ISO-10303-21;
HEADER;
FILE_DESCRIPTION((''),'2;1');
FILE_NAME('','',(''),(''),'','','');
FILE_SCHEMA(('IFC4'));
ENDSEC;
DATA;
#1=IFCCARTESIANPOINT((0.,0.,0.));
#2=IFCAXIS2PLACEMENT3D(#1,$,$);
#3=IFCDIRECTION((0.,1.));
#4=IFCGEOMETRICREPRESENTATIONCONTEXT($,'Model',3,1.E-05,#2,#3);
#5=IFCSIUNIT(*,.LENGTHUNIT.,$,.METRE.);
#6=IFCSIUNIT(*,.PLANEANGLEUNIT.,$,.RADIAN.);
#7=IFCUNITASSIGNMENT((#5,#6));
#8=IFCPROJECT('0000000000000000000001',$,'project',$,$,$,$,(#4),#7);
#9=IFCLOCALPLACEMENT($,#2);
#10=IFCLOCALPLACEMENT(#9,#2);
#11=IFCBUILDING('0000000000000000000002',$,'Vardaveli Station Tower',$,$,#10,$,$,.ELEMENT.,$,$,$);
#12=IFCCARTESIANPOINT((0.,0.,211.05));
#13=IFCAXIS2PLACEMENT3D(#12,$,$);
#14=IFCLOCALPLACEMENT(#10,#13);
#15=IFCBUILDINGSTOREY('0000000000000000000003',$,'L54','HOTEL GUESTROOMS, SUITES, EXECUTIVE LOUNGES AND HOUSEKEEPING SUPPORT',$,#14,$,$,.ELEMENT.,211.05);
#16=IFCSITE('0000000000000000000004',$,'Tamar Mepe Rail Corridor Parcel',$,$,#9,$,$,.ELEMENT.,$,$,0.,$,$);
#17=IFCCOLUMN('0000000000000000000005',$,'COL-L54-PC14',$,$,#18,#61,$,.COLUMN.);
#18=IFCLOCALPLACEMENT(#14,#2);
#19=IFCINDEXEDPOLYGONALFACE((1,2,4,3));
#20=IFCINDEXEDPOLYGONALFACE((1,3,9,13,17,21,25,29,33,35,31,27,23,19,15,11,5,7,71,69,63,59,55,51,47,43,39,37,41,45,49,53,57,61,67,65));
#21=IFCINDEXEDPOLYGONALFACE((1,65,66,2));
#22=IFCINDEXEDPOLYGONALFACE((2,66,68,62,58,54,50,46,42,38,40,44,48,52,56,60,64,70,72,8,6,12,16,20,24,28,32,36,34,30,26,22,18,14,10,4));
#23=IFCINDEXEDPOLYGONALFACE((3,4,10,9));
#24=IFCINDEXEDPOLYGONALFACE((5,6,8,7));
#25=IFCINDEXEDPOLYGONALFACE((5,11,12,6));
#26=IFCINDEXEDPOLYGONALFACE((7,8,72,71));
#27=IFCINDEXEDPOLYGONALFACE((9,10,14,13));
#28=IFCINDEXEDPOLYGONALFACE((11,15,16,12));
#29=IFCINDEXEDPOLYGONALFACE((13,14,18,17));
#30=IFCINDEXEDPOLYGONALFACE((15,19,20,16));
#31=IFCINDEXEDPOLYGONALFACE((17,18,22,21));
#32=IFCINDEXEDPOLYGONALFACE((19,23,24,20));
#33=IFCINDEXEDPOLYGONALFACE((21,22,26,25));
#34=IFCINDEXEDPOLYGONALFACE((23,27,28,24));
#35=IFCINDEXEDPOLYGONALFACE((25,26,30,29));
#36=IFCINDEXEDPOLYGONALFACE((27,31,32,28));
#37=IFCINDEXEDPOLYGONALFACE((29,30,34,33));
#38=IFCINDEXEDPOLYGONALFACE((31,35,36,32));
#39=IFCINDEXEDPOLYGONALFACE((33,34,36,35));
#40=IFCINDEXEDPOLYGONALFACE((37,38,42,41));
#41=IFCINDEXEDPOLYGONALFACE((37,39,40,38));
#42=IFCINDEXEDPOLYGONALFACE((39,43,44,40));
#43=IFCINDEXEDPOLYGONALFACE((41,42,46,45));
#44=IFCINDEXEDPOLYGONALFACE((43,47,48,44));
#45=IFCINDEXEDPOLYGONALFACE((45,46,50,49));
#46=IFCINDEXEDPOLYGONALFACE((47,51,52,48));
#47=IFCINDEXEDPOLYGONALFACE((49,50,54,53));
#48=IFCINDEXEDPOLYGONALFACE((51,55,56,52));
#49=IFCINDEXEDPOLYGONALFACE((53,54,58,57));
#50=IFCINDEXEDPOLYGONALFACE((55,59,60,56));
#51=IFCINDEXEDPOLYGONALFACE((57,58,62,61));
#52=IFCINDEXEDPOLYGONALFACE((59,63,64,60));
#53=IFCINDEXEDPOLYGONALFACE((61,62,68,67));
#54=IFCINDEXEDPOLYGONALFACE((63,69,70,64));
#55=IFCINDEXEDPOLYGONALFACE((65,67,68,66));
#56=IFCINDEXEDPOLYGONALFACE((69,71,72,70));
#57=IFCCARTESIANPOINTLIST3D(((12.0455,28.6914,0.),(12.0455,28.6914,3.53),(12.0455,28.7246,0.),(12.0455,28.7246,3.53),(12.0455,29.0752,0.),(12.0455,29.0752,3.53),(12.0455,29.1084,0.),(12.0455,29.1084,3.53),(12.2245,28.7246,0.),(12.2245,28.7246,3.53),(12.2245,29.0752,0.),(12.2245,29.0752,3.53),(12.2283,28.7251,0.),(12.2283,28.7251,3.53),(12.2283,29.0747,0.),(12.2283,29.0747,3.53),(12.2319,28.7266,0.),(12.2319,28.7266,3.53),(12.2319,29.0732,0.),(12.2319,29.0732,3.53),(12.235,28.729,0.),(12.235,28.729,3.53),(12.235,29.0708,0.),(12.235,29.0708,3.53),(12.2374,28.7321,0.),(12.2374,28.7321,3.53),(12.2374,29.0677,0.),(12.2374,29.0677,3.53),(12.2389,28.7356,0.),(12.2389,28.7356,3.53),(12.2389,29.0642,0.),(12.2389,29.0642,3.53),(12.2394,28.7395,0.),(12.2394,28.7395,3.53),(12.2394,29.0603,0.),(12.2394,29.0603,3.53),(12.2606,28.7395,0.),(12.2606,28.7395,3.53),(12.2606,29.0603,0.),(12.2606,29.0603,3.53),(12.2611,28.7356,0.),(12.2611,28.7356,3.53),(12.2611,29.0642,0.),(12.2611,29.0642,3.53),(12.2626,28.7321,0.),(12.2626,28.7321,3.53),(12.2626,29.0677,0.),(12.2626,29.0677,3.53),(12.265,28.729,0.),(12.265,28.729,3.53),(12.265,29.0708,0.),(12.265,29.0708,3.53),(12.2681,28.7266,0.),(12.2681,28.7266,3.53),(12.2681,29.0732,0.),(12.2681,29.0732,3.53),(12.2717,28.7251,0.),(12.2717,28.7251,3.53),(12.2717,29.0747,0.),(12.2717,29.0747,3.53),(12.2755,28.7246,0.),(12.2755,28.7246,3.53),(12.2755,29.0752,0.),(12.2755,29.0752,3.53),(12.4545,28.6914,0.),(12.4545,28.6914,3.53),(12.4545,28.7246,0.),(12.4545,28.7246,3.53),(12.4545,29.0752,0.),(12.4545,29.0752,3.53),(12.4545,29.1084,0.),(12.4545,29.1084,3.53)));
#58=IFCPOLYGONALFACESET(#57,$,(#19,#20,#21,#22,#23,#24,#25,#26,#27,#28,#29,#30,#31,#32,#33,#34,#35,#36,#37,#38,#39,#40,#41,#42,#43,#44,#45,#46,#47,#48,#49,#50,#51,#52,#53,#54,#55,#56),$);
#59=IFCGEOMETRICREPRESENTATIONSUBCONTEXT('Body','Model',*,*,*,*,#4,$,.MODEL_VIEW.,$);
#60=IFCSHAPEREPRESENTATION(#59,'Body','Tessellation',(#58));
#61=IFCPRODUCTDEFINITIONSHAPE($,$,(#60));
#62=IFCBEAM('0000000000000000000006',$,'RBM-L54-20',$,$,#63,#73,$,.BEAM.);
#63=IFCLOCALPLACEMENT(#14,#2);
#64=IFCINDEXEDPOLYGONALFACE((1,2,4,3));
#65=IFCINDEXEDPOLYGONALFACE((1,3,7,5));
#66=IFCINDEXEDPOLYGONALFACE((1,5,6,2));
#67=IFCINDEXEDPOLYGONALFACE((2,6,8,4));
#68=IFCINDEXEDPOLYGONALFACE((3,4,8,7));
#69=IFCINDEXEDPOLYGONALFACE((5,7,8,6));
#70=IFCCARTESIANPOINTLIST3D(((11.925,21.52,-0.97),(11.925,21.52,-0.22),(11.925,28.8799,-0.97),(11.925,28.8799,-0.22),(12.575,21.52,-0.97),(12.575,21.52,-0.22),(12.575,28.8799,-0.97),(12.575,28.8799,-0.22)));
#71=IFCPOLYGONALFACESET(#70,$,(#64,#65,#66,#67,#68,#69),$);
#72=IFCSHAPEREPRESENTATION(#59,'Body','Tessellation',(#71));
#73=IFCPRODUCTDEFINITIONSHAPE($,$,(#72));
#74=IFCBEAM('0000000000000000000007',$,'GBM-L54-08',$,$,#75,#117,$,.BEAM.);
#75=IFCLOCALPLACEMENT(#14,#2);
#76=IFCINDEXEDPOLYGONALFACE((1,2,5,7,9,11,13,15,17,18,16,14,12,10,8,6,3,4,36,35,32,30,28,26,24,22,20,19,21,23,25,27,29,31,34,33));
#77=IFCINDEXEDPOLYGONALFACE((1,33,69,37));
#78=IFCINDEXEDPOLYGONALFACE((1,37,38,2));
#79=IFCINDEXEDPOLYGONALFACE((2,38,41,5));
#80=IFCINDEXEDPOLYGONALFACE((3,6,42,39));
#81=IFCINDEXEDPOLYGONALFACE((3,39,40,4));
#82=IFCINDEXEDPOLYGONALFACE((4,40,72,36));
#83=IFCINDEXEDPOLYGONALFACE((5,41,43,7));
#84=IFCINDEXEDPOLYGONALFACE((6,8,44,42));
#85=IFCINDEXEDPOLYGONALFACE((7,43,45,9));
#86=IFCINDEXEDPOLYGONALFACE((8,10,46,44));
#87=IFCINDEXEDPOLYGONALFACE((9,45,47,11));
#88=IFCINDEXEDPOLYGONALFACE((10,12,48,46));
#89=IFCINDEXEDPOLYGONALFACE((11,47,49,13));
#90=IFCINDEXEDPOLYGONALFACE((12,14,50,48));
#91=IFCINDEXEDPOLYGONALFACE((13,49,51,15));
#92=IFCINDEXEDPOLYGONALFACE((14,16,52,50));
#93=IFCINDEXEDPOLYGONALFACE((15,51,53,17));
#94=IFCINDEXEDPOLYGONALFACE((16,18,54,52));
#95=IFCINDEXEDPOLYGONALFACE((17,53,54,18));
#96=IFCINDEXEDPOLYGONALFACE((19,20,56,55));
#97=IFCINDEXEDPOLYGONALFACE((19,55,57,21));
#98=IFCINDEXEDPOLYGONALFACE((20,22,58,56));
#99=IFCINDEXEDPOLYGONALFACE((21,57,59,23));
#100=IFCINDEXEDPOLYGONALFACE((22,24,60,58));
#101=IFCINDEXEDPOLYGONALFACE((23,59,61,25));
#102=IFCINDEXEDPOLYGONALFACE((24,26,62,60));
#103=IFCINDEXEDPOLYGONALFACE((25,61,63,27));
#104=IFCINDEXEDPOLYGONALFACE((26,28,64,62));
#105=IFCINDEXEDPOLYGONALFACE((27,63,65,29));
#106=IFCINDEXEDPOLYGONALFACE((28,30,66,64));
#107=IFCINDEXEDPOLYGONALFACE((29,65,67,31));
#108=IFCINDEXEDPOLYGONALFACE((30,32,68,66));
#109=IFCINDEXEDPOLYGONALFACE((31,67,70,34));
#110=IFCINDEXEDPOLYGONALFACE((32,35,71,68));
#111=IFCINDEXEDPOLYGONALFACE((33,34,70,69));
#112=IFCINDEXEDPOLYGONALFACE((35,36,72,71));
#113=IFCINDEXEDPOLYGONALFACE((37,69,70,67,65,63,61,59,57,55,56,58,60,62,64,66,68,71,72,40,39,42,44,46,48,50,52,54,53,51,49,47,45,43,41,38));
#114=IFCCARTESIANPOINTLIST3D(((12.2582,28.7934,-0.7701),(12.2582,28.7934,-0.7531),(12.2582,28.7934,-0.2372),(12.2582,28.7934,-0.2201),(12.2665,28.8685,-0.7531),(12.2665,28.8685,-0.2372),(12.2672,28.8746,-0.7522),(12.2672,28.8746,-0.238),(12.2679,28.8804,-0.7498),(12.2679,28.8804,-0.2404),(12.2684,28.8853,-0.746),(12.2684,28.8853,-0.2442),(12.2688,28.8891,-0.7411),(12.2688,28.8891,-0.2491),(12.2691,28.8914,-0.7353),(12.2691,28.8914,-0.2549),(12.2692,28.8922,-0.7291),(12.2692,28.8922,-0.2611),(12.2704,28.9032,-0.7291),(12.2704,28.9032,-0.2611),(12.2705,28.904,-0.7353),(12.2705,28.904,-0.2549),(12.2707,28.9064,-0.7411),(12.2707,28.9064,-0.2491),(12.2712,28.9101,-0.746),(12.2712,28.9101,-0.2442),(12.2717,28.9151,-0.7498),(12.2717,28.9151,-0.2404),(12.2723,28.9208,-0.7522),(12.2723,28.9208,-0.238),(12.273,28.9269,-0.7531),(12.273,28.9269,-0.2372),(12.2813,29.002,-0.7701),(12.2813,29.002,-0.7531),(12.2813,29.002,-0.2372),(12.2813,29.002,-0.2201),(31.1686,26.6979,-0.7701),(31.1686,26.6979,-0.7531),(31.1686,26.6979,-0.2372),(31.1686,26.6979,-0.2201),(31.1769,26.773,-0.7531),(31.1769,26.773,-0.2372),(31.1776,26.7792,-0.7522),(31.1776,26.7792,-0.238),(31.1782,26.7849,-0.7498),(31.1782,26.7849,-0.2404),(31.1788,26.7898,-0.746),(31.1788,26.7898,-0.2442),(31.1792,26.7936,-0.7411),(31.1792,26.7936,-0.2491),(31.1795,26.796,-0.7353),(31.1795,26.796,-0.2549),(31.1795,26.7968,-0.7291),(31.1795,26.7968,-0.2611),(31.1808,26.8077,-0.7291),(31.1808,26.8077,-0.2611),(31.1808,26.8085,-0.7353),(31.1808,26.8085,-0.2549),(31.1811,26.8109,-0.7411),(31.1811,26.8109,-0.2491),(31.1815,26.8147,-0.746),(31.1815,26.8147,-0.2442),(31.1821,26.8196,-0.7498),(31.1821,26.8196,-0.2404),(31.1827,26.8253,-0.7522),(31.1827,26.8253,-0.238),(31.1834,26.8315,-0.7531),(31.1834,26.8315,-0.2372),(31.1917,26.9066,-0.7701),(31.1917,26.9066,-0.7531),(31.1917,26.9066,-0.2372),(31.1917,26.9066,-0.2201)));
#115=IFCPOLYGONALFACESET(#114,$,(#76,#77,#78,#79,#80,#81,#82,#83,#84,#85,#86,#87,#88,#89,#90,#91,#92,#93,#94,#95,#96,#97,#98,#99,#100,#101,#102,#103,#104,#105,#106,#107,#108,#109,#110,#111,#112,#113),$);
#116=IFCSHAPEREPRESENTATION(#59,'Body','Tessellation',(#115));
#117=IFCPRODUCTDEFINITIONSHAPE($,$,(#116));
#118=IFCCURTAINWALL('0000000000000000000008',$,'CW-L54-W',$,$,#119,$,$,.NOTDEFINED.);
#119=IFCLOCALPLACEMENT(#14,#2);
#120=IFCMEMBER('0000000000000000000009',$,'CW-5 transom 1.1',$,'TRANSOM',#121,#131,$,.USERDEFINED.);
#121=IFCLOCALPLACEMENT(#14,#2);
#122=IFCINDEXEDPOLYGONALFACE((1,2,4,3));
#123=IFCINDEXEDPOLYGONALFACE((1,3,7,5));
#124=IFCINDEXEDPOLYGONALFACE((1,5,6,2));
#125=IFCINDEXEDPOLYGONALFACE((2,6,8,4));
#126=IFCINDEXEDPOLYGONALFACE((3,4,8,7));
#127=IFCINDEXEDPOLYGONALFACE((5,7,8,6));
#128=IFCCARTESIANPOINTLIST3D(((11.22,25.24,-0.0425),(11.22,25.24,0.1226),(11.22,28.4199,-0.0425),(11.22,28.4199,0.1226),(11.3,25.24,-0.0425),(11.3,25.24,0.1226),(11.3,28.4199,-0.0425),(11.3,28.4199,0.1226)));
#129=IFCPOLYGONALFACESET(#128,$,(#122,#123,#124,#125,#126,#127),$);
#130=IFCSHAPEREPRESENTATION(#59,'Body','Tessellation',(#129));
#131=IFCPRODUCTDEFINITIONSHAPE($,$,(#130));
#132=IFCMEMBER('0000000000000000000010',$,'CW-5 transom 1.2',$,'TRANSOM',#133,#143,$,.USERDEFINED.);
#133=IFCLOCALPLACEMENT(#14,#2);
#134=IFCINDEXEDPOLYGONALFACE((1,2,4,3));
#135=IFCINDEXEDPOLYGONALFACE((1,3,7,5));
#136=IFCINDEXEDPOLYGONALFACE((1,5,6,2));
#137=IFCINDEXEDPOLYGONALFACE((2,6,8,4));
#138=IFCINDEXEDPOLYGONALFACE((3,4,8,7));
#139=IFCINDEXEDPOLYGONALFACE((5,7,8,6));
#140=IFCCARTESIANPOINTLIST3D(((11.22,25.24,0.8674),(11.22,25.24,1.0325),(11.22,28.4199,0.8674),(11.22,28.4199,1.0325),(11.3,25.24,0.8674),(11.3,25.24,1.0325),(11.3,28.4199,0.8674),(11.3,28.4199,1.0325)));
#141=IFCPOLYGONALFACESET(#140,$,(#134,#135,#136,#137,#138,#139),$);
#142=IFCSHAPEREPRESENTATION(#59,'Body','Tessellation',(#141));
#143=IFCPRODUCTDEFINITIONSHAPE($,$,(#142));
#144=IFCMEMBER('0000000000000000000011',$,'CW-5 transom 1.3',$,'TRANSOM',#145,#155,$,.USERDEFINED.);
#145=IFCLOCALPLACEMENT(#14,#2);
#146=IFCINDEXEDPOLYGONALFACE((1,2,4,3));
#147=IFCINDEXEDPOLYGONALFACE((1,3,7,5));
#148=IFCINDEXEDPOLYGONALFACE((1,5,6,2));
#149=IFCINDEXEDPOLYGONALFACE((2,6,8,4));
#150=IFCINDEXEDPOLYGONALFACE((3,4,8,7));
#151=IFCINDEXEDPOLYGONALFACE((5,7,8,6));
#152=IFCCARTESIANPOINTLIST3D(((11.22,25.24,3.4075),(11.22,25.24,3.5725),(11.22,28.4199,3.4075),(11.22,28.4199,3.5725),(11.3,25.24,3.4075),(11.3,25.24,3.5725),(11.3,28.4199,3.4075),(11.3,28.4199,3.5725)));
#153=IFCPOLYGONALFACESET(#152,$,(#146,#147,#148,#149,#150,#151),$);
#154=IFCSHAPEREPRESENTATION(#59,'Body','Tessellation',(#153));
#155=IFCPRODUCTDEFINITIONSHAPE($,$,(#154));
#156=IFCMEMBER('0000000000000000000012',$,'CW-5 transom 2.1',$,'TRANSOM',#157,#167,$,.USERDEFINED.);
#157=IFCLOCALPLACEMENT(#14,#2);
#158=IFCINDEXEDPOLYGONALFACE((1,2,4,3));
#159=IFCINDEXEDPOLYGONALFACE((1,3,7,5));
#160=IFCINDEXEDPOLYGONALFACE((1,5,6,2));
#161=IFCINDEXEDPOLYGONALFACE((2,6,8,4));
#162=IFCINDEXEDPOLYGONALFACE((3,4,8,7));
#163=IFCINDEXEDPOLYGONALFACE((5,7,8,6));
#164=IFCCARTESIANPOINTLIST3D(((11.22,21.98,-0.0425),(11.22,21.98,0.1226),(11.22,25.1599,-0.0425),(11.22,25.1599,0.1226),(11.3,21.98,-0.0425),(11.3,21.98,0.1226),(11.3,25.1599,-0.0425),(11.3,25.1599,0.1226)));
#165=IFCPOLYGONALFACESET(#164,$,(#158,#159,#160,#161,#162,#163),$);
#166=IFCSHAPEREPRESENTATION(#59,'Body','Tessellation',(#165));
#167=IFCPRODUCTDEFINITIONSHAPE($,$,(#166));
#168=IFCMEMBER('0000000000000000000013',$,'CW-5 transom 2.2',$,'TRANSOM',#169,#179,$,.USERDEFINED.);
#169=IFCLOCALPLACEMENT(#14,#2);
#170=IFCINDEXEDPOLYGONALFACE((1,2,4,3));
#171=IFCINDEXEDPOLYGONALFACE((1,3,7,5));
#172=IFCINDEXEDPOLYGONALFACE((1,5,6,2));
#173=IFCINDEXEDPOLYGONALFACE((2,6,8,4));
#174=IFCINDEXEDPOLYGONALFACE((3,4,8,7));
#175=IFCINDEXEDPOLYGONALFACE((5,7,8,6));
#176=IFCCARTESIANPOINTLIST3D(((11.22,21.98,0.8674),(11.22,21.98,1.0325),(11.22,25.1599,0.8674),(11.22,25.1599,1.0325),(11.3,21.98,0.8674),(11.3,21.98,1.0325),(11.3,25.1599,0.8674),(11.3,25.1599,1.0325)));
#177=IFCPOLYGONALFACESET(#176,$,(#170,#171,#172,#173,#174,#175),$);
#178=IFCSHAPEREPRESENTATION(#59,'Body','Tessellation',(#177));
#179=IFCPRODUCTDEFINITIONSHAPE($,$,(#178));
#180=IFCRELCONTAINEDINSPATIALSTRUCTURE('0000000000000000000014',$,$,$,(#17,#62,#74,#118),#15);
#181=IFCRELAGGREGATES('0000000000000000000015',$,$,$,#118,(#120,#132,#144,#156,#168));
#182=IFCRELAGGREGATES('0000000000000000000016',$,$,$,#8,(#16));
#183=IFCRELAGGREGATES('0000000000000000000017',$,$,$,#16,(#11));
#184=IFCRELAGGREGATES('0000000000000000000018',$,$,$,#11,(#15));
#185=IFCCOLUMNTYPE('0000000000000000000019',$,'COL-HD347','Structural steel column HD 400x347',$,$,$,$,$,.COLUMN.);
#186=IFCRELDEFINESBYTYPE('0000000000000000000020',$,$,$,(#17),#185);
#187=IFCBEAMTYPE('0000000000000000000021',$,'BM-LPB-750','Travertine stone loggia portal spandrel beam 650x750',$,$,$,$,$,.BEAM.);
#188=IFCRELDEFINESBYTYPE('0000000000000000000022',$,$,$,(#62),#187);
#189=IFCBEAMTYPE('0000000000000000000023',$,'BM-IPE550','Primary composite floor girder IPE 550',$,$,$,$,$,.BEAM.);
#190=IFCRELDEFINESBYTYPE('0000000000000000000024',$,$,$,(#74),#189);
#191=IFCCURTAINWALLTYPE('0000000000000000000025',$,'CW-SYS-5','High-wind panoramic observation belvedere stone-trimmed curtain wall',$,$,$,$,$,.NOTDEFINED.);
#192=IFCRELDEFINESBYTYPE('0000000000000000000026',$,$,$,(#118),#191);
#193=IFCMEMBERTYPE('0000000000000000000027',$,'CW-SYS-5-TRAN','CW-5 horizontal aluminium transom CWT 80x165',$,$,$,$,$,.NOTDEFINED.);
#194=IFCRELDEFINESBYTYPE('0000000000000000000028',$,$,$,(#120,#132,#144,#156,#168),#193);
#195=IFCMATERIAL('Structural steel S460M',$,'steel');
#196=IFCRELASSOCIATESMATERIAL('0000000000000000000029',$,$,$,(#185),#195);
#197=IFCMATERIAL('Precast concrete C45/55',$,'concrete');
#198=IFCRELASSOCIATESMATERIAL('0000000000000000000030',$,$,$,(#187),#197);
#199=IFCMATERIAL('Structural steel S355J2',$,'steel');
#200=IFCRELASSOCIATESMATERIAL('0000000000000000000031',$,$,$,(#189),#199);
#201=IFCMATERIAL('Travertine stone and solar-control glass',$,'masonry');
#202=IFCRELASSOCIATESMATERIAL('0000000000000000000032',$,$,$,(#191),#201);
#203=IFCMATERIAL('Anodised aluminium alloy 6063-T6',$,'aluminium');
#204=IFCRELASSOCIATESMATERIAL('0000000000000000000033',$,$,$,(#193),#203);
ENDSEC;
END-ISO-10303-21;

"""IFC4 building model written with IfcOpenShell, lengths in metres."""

from ifc_helpers import new_model, si_unit, direction, frame, origin, origin_2d, place, context, subcontext, project, spatial, rectangle, i_section, extrude, source, transform, mapped, material, material_profile, profile_set, type_object, element, aggregate, save


model = new_model("IFC4")

# Units and contexts
model_context = context("Model", 3, precision=1e-05, world=origin(), true_north=direction((0.0, 1.0)))
body_context = subcontext(model_context, "Body", "Model", "MODEL_VIEW")
ifc_project = project(units=[si_unit("LENGTHUNIT", "METRE"), si_unit("PLANEANGLEUNIT", "RADIAN")], contexts=[model_context])

# Site, building, storey
site_placement = place(None, origin())
site = spatial("IfcSite", under=ifc_project, at=site_placement, Name="Tamar Mepe Rail Corridor Parcel", CompositionType="ELEMENT", RefElevation=0.0)
building_placement = place(site_placement, origin())
building = spatial("IfcBuilding", under=site, at=building_placement, Name="Vardaveli Station Tower", CompositionType="ELEMENT")
storey_placement = place(building_placement, frame((0.0, 0.0, 211.05)))
storey = spatial("IfcBuildingStorey", under=building, at=storey_placement, Name="L54", Description="HOTEL GUESTROOMS, SUITES, EXECUTIVE LOUNGES AND HOUSEKEEPING SUPPORT", CompositionType="ELEMENT", Elevation=211.05)

# Column
ifc_material_1 = material(Name="Structural steel S460M", Category="steel")
ifc_material_profile_1 = material_profile(ifc_material_1, i_section(OverallWidth=0.4089, OverallDepth=0.417, WebThickness=0.0212, FlangeThickness=0.0332, FilletRadius=0.0149, at=origin_2d()), Name="HD 400x347")
ifc_profile_set_1 = profile_set([ifc_material_profile_1], Name="Structural steel S460M")
column_type = type_object("IfcColumnType", Name="COL-HD347", Description="Structural steel column HD 400x347", PredefinedType="COLUMN", material=ifc_profile_set_1)
shared_shape_1 = source(origin(), body_context, "Body", "SweptSolid", [
    extrude(i_section(OverallWidth=0.4089, OverallDepth=0.417, WebThickness=0.0212, FlangeThickness=0.0332, FilletRadius=0.0149, at=origin_2d()), origin(), (0.0, 0.0, 1.0), 3.53),
])
column_placement = place(storey_placement, frame((12.25, 28.8999, 0.0), z_axis=(0.0, 0.0, 1.0), x_axis=(1.0, 0.0, 0.0)))
element("IfcColumn", 1, at=column_placement, inside=storey, type_object=column_type, Name="COL-L54-PC14", PredefinedType="COLUMN", context=body_context, shape_type="MappedRepresentation", body=[
    mapped(shared_shape_1, transform((0.0, 0.0, 0.0), scale=1.0)),
])

# Beams
ifc_material_2 = material(Name="Precast concrete C45/55", Category="concrete")
ifc_material_profile_2 = material_profile(ifc_material_2, rectangle(XDim=0.6499, YDim=0.75, at=origin_2d()), Name="LPB 650x750")
ifc_profile_set_2 = profile_set([ifc_material_profile_2], Name="Precast concrete C45/55")
beam_type_1 = type_object("IfcBeamType", Name="BM-LPB-750", Description="Travertine stone loggia portal spandrel beam 650x750", PredefinedType="BEAM", material=ifc_profile_set_2)
shared_shape_2 = source(origin(), body_context, "Body", "SweptSolid", [
    extrude(rectangle(XDim=0.6499, YDim=0.75, at=origin_2d()), origin(), (0.0, 0.0, 1.0), 7.3599),
])
beam_1_placement = place(storey_placement, frame((12.25, 28.8799, -0.595), z_axis=(0.0, -1.0, 0.0), x_axis=(1.0, 0.0, 0.0)))
element("IfcBeam", 2, at=beam_1_placement, inside=storey, type_object=beam_type_1, Name="RBM-L54-20", PredefinedType="BEAM", context=body_context, shape_type="MappedRepresentation", body=[
    mapped(shared_shape_2, transform((0.0, 0.0, 0.0), scale=1.0)),
])
ifc_material_3 = material(Name="Structural steel S355J2", Category="steel")
ifc_material_profile_3 = material_profile(ifc_material_3, i_section(OverallWidth=0.21, OverallDepth=0.55, WebThickness=0.011, FlangeThickness=0.0171, FilletRadius=0.0239, at=origin_2d()), Name="IPE 550")
ifc_profile_set_3 = profile_set([ifc_material_profile_3], Name="Structural steel S355J2")
beam_type_2 = type_object("IfcBeamType", Name="BM-IPE550", Description="Primary composite floor girder IPE 550", PredefinedType="BEAM", material=ifc_profile_set_3)
shared_shape_3 = source(origin(), body_context, "Body", "SweptSolid", [
    extrude(i_section(OverallWidth=0.21, OverallDepth=0.55, WebThickness=0.011, FlangeThickness=0.0171, FilletRadius=0.0239, at=origin_2d()), origin(), (0.0, 0.0, 1.0), 19.0261),
])
beam_2_placement = place(storey_placement, frame((12.2698, 28.8977, -0.4951), z_axis=(0.993917, -0.110136, 0.0), x_axis=(0.110136, 0.993917, 0.0)))
element("IfcBeam", 3, at=beam_2_placement, inside=storey, type_object=beam_type_2, Name="GBM-L54-08", PredefinedType="BEAM", context=body_context, shape_type="MappedRepresentation", body=[
    mapped(shared_shape_3, transform((0.0, 0.0, 0.0), scale=1.0)),
])

# Curtain wall, members
ifc_material_4 = material(Name="Travertine stone and solar-control glass", Category="masonry")
curtain_wall_type = type_object("IfcCurtainWallType", Name="CW-SYS-5", Description="High-wind panoramic observation belvedere stone-trimmed curtain wall", PredefinedType="NOTDEFINED", material=ifc_material_4)
curtain_wall_placement = place(storey_placement, origin())
curtain_wall = element("IfcCurtainWall", 4, at=curtain_wall_placement, inside=storey, type_object=curtain_wall_type, Name="CW-L54-W", PredefinedType="NOTDEFINED")
ifc_material_5 = material(Name="Anodised aluminium alloy 6063-T6", Category="aluminium")
ifc_material_profile_4 = material_profile(ifc_material_5, rectangle(XDim=0.0801, YDim=0.165, at=origin_2d()), Name="CWT 80x165")
ifc_profile_set_4 = profile_set([ifc_material_profile_4], Name="Anodised aluminium alloy 6063-T6")
member_type_1 = type_object("IfcMemberType", Name="CW-SYS-5-TRAN", Description="CW-5 horizontal aluminium transom CWT 80x165", PredefinedType="NOTDEFINED", material=ifc_profile_set_4)
shared_shape_4 = source(origin(), body_context, "Body", "SweptSolid", [
    extrude(rectangle(XDim=0.0801, YDim=0.165, at=origin_2d()), origin(), (0.0, 0.0, 1.0), 3.1799),
])
member_1_placement = place(storey_placement, frame((11.26, 28.4199, 0.04), z_axis=(0.0, -1.0, 0.0), x_axis=(1.0, 0.0, 0.0)))
member_1 = element("IfcMember", 5, at=member_1_placement, type_object=member_type_1, Name="CW-5 transom 1.1", ObjectType="TRANSOM", PredefinedType="USERDEFINED", context=body_context, shape_type="MappedRepresentation", body=[
    mapped(shared_shape_4, transform((0.0, 0.0, 0.0), scale=1.0)),
])
member_2_placement = place(storey_placement, frame((11.26, 28.4199, 0.95), z_axis=(0.0, -1.0, 0.0), x_axis=(1.0, 0.0, 0.0)))
member_2 = element("IfcMember", 6, at=member_2_placement, type_object=member_type_1, Name="CW-5 transom 1.2", ObjectType="TRANSOM", PredefinedType="USERDEFINED", context=body_context, shape_type="MappedRepresentation", body=[
    mapped(shared_shape_4, transform((0.0, 0.0, 0.0), scale=1.0)),
])
member_3_placement = place(storey_placement, frame((11.26, 28.4199, 3.49), z_axis=(0.0, -1.0, 0.0), x_axis=(1.0, 0.0, 0.0)))
member_3 = element("IfcMember", 7, at=member_3_placement, type_object=member_type_1, Name="CW-5 transom 1.3", ObjectType="TRANSOM", PredefinedType="USERDEFINED", context=body_context, shape_type="MappedRepresentation", body=[
    mapped(shared_shape_4, transform((0.0, 0.0, 0.0), scale=1.0)),
])
member_4_placement = place(storey_placement, frame((11.26, 25.1599, 0.04), z_axis=(0.0, -1.0, 0.0), x_axis=(1.0, 0.0, 0.0)))
member_4 = element("IfcMember", 8, at=member_4_placement, type_object=member_type_1, Name="CW-5 transom 2.1", ObjectType="TRANSOM", PredefinedType="USERDEFINED", context=body_context, shape_type="MappedRepresentation", body=[
    mapped(shared_shape_4, transform((0.0, 0.0, 0.0), scale=1.0)),
])
member_5_placement = place(storey_placement, frame((11.26, 25.1599, 0.95), z_axis=(0.0, -1.0, 0.0), x_axis=(1.0, 0.0, 0.0)))
member_5 = element("IfcMember", 9, at=member_5_placement, type_object=member_type_1, Name="CW-5 transom 2.2", ObjectType="TRANSOM", PredefinedType="USERDEFINED", context=body_context, shape_type="MappedRepresentation", body=[
    mapped(shared_shape_4, transform((0.0, 0.0, 0.0), scale=1.0)),
])
aggregate(curtain_wall, [member_1, member_2, member_3, member_4, member_5])

save(model, "model.ifc")
